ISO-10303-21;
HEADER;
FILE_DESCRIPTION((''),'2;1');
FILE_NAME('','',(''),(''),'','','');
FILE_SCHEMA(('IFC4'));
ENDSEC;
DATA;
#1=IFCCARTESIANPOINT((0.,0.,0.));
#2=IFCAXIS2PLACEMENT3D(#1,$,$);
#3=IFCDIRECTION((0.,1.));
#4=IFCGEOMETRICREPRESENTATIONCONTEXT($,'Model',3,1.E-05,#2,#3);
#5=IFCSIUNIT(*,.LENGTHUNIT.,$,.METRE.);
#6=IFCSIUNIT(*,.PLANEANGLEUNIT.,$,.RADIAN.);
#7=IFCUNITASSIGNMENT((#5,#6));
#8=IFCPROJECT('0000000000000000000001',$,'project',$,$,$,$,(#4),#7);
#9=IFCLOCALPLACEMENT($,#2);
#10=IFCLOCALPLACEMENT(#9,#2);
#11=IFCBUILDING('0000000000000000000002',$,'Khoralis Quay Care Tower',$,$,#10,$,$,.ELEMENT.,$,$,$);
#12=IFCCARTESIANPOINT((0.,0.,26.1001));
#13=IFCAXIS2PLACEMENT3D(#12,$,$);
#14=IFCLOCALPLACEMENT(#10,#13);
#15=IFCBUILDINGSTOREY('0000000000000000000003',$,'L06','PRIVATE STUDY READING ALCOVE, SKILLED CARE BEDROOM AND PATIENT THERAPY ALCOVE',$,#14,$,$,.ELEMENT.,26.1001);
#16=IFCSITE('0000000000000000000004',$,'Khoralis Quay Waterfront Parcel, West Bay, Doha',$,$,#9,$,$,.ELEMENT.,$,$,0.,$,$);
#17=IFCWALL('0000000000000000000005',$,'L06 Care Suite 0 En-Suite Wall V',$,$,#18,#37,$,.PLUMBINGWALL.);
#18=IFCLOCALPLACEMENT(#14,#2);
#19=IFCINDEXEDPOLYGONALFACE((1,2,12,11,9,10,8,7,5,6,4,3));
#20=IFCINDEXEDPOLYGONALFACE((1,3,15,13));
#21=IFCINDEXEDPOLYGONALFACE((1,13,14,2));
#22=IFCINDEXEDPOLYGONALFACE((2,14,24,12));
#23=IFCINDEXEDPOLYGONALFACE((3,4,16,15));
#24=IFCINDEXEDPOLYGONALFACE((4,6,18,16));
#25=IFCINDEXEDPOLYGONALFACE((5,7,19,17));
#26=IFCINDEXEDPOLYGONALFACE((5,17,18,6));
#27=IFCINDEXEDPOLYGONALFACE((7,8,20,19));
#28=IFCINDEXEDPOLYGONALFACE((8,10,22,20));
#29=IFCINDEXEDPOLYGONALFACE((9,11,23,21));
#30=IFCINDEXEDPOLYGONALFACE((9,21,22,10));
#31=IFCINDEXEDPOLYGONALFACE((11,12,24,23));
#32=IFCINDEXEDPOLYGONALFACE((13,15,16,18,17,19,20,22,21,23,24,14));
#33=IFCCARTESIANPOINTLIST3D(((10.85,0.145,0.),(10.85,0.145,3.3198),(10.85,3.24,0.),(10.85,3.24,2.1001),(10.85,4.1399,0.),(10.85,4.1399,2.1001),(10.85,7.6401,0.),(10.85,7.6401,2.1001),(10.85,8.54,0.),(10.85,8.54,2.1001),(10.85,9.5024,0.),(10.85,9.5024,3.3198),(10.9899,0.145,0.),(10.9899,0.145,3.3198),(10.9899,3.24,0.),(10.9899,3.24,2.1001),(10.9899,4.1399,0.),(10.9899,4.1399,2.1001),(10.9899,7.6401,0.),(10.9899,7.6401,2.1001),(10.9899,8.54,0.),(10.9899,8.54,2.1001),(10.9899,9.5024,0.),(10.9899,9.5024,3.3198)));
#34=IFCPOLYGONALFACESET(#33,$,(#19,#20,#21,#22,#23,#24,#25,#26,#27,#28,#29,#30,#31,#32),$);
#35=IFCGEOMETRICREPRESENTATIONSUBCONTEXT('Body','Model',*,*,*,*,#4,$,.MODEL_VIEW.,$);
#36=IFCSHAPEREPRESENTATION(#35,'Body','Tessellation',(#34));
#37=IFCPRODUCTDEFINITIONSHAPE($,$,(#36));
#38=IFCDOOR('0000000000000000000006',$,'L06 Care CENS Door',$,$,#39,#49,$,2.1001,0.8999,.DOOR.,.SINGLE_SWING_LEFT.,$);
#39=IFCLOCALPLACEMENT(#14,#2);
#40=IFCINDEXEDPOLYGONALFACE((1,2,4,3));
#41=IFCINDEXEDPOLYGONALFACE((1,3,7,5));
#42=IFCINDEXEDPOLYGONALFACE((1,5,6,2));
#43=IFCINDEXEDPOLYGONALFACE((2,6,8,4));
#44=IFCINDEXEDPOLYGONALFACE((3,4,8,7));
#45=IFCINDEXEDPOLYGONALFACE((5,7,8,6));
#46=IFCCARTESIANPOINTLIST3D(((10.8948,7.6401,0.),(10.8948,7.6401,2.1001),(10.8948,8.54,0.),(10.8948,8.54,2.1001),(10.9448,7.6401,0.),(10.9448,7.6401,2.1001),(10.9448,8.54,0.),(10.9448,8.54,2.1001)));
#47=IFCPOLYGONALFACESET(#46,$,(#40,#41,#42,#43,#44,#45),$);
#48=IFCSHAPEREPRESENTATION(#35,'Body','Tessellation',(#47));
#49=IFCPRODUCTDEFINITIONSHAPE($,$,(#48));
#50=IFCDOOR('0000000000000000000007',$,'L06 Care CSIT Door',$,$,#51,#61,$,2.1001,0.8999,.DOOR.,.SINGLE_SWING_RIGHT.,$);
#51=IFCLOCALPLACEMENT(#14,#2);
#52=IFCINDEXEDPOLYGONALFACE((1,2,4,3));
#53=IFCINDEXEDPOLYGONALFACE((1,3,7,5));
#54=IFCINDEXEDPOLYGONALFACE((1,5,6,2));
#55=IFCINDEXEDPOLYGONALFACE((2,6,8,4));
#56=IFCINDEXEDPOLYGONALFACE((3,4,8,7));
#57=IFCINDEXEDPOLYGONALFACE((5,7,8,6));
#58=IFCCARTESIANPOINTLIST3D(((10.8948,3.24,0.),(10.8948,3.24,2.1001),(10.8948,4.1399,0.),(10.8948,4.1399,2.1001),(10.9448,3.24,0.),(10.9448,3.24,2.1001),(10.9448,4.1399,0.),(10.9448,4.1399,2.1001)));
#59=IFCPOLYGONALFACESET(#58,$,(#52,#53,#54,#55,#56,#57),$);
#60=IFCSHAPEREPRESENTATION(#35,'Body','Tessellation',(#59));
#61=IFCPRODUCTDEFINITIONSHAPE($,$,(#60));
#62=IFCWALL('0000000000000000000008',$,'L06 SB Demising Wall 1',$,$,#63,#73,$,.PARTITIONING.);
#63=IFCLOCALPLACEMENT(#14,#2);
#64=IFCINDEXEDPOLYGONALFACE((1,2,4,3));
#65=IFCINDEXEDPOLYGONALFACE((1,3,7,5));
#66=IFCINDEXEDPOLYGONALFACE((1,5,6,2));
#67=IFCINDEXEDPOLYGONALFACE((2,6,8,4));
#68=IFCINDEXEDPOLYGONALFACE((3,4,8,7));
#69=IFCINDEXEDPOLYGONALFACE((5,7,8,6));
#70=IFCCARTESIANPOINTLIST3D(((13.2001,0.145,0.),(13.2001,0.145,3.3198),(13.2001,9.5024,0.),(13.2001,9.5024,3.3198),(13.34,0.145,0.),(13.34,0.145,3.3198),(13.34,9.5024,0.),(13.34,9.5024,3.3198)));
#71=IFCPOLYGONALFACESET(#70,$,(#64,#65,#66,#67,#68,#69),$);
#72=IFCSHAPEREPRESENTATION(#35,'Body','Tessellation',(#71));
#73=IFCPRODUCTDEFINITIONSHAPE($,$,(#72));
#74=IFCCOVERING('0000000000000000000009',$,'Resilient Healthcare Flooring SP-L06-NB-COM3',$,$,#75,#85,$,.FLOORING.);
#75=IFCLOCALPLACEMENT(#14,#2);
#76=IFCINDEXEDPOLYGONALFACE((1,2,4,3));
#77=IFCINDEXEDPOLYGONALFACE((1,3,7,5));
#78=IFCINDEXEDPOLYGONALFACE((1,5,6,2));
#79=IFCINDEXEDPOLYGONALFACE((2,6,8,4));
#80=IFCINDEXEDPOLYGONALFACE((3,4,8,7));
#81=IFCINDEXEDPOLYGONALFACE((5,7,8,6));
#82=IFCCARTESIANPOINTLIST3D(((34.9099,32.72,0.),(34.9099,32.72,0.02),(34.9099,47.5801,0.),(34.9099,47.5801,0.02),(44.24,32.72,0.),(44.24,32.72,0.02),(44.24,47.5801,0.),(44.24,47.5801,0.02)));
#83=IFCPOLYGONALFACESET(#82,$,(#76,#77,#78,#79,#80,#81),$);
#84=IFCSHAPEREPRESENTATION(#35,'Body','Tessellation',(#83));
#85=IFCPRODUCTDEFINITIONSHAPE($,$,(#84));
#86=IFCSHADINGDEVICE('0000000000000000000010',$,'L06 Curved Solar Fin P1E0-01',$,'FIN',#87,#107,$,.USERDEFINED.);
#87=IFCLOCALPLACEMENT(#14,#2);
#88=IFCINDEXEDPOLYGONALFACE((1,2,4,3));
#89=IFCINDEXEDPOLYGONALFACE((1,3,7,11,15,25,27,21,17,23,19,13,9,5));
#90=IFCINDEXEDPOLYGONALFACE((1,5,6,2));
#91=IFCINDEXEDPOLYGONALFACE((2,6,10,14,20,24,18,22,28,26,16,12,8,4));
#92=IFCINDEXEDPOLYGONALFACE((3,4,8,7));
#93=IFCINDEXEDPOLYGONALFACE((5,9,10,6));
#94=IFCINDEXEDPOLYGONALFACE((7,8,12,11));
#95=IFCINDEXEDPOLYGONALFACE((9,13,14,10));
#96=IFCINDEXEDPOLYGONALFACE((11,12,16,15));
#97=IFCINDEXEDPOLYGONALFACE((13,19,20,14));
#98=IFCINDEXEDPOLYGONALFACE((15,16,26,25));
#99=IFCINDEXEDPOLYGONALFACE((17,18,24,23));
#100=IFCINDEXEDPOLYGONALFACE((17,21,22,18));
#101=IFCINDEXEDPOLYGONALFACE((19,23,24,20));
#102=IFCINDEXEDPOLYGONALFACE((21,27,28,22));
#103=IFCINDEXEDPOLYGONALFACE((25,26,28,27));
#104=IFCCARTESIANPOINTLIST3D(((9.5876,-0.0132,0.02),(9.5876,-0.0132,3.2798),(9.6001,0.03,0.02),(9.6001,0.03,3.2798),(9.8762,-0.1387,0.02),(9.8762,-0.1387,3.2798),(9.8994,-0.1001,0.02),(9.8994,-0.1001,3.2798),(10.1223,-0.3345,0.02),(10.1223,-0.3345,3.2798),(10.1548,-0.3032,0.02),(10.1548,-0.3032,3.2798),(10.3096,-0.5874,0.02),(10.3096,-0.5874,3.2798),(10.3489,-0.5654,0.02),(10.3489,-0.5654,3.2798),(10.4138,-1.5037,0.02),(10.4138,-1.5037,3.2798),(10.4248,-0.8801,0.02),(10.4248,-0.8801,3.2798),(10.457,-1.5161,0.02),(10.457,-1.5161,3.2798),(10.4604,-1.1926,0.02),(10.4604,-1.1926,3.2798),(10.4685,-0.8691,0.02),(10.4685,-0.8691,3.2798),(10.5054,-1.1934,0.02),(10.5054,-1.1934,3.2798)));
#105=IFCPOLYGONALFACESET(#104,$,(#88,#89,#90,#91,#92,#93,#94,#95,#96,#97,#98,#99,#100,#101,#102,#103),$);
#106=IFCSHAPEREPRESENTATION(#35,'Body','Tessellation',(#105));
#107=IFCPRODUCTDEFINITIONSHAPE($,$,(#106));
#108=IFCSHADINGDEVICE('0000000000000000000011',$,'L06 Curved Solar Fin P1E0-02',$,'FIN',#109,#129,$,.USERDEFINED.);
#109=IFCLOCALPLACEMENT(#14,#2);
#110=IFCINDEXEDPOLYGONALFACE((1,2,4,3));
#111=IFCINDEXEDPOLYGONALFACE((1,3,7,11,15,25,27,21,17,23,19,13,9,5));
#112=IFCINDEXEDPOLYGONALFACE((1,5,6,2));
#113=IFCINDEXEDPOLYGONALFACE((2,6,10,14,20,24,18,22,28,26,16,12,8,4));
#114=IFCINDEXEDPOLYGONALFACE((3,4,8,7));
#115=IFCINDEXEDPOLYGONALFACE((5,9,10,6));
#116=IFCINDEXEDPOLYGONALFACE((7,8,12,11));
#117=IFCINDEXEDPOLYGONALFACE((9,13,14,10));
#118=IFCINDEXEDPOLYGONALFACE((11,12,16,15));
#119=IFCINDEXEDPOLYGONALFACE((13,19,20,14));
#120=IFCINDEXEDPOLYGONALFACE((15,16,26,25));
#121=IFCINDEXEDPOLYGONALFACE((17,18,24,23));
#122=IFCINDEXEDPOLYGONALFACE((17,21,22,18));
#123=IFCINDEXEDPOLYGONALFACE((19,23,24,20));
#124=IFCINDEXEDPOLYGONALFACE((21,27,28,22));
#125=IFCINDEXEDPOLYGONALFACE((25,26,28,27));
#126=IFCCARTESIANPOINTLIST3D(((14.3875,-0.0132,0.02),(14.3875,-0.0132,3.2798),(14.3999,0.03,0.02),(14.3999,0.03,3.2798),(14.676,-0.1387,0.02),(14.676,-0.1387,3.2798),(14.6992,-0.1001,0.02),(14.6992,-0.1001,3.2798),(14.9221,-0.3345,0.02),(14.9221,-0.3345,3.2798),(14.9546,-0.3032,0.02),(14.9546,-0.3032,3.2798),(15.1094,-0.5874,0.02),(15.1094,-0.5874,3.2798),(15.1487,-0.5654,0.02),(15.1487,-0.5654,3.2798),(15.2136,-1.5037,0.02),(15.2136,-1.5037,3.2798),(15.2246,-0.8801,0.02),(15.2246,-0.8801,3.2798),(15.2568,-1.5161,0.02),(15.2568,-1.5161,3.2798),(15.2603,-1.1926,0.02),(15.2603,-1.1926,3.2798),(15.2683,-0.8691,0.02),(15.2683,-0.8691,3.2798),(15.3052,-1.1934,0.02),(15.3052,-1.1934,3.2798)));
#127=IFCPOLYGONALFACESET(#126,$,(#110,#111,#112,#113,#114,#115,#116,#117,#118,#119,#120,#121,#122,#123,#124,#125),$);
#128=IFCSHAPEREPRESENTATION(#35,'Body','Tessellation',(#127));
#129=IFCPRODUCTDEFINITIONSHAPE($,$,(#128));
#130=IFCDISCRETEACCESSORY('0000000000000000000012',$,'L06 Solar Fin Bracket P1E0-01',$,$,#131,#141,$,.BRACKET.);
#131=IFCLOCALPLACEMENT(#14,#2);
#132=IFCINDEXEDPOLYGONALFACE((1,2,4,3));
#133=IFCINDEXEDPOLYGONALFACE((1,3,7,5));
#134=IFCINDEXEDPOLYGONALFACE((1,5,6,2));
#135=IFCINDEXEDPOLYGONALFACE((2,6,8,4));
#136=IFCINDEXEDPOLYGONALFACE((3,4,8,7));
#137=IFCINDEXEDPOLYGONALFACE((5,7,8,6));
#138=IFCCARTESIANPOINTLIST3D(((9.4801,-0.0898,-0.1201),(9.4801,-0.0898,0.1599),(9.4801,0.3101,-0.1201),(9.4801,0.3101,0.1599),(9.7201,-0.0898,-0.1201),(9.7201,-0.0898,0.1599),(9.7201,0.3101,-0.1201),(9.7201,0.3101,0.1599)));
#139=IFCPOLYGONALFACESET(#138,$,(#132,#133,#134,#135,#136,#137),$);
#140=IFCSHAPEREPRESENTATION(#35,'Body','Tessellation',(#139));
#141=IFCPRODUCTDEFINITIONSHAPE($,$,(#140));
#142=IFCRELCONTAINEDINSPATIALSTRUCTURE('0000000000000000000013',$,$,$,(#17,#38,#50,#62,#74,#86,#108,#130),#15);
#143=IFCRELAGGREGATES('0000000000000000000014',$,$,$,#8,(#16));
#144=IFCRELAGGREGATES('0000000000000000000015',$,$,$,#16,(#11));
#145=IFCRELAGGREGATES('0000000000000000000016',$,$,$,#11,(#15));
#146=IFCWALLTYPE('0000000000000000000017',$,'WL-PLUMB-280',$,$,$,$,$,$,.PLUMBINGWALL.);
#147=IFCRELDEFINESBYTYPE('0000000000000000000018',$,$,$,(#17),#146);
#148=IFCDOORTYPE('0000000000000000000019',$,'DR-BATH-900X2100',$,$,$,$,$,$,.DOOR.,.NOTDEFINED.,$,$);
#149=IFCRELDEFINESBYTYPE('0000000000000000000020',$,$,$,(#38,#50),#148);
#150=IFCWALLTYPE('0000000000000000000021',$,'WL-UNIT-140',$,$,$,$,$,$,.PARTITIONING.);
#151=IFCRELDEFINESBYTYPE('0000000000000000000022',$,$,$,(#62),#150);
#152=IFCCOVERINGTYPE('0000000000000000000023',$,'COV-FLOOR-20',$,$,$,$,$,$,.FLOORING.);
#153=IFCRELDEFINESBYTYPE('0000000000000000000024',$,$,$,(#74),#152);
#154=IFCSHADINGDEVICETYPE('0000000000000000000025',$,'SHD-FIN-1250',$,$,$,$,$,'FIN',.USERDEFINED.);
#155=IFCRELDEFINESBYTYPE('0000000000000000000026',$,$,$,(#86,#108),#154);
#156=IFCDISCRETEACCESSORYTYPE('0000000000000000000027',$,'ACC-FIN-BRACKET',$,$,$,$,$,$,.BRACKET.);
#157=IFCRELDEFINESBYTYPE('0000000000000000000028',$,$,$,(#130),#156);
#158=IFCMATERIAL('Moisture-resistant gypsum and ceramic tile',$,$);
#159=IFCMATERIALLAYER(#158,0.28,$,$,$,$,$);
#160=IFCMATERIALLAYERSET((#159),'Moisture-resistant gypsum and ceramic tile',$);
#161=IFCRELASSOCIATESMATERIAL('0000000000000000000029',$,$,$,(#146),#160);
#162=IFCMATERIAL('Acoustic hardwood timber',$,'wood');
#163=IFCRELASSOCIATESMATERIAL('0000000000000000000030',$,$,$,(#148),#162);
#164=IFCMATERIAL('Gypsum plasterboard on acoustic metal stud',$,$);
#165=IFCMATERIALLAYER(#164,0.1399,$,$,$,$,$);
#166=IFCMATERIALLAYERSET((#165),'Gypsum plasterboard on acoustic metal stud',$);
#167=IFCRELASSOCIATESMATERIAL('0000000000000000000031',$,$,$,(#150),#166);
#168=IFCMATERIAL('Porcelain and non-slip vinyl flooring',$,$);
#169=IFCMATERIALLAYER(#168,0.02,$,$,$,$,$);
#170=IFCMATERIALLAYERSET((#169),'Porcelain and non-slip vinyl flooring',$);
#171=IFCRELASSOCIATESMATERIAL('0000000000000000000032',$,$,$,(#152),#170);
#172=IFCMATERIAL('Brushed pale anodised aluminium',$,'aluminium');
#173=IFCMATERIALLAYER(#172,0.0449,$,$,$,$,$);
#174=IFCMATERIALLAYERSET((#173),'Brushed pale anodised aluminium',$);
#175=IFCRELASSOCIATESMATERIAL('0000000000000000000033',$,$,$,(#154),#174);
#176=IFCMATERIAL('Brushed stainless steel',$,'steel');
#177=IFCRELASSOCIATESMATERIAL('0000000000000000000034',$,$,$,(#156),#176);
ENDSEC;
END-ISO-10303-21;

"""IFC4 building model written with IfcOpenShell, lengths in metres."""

from ifc_helpers import new_model, si_unit, direction, frame, frame_2d, origin, origin_2d, place, context, subcontext, project, spatial, polyline, rectangle, outline, extrude, source, transform, mapped, material, layer, layer_set, type_object, element, fill, save


model = new_model("IFC4")

# Units and contexts
model_context = context("Model", 3, precision=1e-05, world=origin(), true_north=direction((0.0, 1.0)))
body_context = subcontext(model_context, "Body", "Model", "MODEL_VIEW")
ifc_project = project(units=[si_unit("LENGTHUNIT", "METRE"), si_unit("PLANEANGLEUNIT", "RADIAN")], contexts=[model_context])

# Site, building, storey
site_placement = place(None, origin())
site = spatial("IfcSite", under=ifc_project, at=site_placement, Name="Khoralis Quay Waterfront Parcel, West Bay, Doha", CompositionType="ELEMENT", RefElevation=0.0)
building_placement = place(site_placement, origin())
building = spatial("IfcBuilding", under=site, at=building_placement, Name="Khoralis Quay Care Tower", CompositionType="ELEMENT")
storey_placement = place(building_placement, frame((0.0, 0.0, 26.1001)))
storey = spatial("IfcBuildingStorey", under=building, at=storey_placement, Name="L06", Description="PRIVATE STUDY READING ALCOVE, SKILLED CARE BEDROOM AND PATIENT THERAPY ALCOVE", CompositionType="ELEMENT", Elevation=26.1001)

# Wall, openings, doors
ifc_material_1 = material(Name="Moisture-resistant gypsum and ceramic tile")
ifc_layer_1 = layer(ifc_material_1, 0.28)
ifc_layer_set_1 = layer_set([ifc_layer_1], Name="Moisture-resistant gypsum and ceramic tile")
wall_type_1 = type_object("IfcWallType", Name="WL-PLUMB-280", PredefinedType="PLUMBINGWALL", material=ifc_layer_set_1)
wall_1_placement = place(storey_placement, frame((10.9199, 0.145, 0.0), z_axis=(0.0, 0.0, 1.0), x_axis=(0.0, 1.0, 0.0)))
wall_1 = element("IfcWall", 1, at=wall_1_placement, inside=storey, type_object=wall_type_1, Name="L06 Care Suite 0 En-Suite Wall V", PredefinedType="PLUMBINGWALL", context=body_context, shape_type="SweptSolid", body=[
    extrude(rectangle(XDim=9.3574, YDim=0.1399, at=frame_2d((4.6787, 0.0))), origin(), (0.0, 0.0, 1.0), 3.3198),
])
opening_1_placement = place(wall_1_placement, frame((7.4951, 0.0, 0.0)))
opening_1 = element("IfcOpeningElement", 2, at=opening_1_placement, cuts=wall_1, PredefinedType="OPENING", context=body_context, shape_type="SweptSolid", body=[
    extrude(rectangle(XDim=0.8999, YDim=2.1001, at=frame_2d((0.45, 1.05))), frame((0.0, 0.0801, 0.0), z_axis=(0.0, -1.0, 0.0), x_axis=(1.0, 0.0, 0.0)), (0.0, 0.0, 1.0), 0.1599),
])
opening_2_placement = place(wall_1_placement, frame((3.095, 0.0, 0.0)))
opening_2 = element("IfcOpeningElement", 3, at=opening_2_placement, cuts=wall_1, PredefinedType="OPENING", context=body_context, shape_type="SweptSolid", body=[
    extrude(rectangle(XDim=0.8999, YDim=2.1001, at=frame_2d((0.45, 1.05))), frame((0.0, 0.0801, 0.0), z_axis=(0.0, -1.0, 0.0), x_axis=(1.0, 0.0, 0.0)), (0.0, 0.0, 1.0), 0.1599),
])
ifc_material_2 = material(Name="Acoustic hardwood timber", Category="wood")
door_type = type_object("IfcDoorType", Name="DR-BATH-900X2100", OperationType="NOTDEFINED", PredefinedType="DOOR", material=ifc_material_2)
shared_shape_1 = source(origin(), body_context, "Body", "SweptSolid", [
    extrude(rectangle(XDim=0.8999, YDim=2.1001, at=frame_2d((0.45, 1.05))), frame((0.0, 0.0249, 0.0), z_axis=(0.0, -1.0, 0.0), x_axis=(1.0, 0.0, 0.0)), (0.0, 0.0, 1.0), 0.05),
])
door_1_placement = place(opening_1_placement, frame((0.8999, 0.0, 0.0), z_axis=(0.0, 0.0, 1.0), x_axis=(-1.0, 0.0, 0.0)))
door_1 = element("IfcDoor", 4, at=door_1_placement, inside=storey, type_object=door_type, Name="L06 Care CENS Door", OperationType="SINGLE_SWING_LEFT", OverallHeight=2.1001, OverallWidth=0.8999, PredefinedType="DOOR", context=body_context, shape_type="MappedRepresentation", body=[
    mapped(shared_shape_1, transform((0.0, 0.0, 0.0), scale=1.0)),
])
fill(opening_1, door_1)
door_2_placement = place(opening_2_placement, frame((0.8999, 0.0, 0.0), z_axis=(0.0, 0.0, 1.0), x_axis=(-1.0, 0.0, 0.0)))
door_2 = element("IfcDoor", 5, at=door_2_placement, inside=storey, type_object=door_type, Name="L06 Care CSIT Door", OperationType="SINGLE_SWING_RIGHT", OverallHeight=2.1001, OverallWidth=0.8999, PredefinedType="DOOR", context=body_context, shape_type="MappedRepresentation", body=[
    mapped(shared_shape_1, transform((0.0, 0.0, 0.0), scale=1.0)),
])
fill(opening_2, door_2)

# Wall
ifc_material_3 = material(Name="Gypsum plasterboard on acoustic metal stud")
ifc_layer_2 = layer(ifc_material_3, 0.1399)
ifc_layer_set_2 = layer_set([ifc_layer_2], Name="Gypsum plasterboard on acoustic metal stud")
wall_type_2 = type_object("IfcWallType", Name="WL-UNIT-140", PredefinedType="PARTITIONING", material=ifc_layer_set_2)
wall_2_placement = place(storey_placement, frame((13.27, 0.145, 0.0), z_axis=(0.0, 0.0, 1.0), x_axis=(0.0, 1.0, 0.0)))
element("IfcWall", 6, at=wall_2_placement, inside=storey, type_object=wall_type_2, Name="L06 SB Demising Wall 1", PredefinedType="PARTITIONING", context=body_context, shape_type="SweptSolid", body=[
    extrude(rectangle(XDim=9.3574, YDim=0.1399, at=frame_2d((4.6787, 0.0))), origin(), (0.0, 0.0, 1.0), 3.3198),
])

# Covering
ifc_material_4 = material(Name="Porcelain and non-slip vinyl flooring")
ifc_layer_3 = layer(ifc_material_4, 0.02)
ifc_layer_set_3 = layer_set([ifc_layer_3], Name="Porcelain and non-slip vinyl flooring")
covering_type = type_object("IfcCoveringType", Name="COV-FLOOR-20", PredefinedType="FLOORING", material=ifc_layer_set_3)
covering_placement = place(storey_placement, origin())
element("IfcCovering", 7, at=covering_placement, inside=storey, type_object=covering_type, Name="Resilient Healthcare Flooring SP-L06-NB-COM3", PredefinedType="FLOORING", context=body_context, shape_type="SweptSolid", body=[
    extrude(outline(polyline([(34.9099, 32.72), (44.24, 32.72), (44.24, 47.5801), (34.9099, 47.5801), (34.9099, 32.72)])), origin(), (0.0, 0.0, 1.0), 0.02),
])

# Shading devices
ifc_material_5 = material(Name="Brushed pale anodised aluminium", Category="aluminium")
ifc_layer_4 = layer(ifc_material_5, 0.0449)
ifc_layer_set_4 = layer_set([ifc_layer_4], Name="Brushed pale anodised aluminium")
shading_device_type = type_object("IfcShadingDeviceType", Name="SHD-FIN-1250", ElementType="FIN", PredefinedType="USERDEFINED", material=ifc_layer_set_4)
shared_shape_2 = source(origin(), body_context, "Body", "SweptSolid", [
    extrude(outline(polyline([(0.0, 0.0), (0.1301, 0.2993), (0.3333, 0.5547), (0.5955, 0.7488), (0.8992, 0.8684), (1.2234, 0.9053), (1.5461, 0.8569), (1.5337, 0.8137), (1.2227, 0.8604), (0.9102, 0.8247), (0.6174, 0.7095), (0.3645, 0.5222), (0.1687, 0.2761), (0.0432, -0.0125), (0.0, 0.0)])), origin(), (0.0, 0.0, 1.0), 3.2598),
])
for number, where, z_axis, x_axis, name in (
    (8, (9.6001, 0.03, 0.02), (0.0, 0.0, 1.0), (0.0, -1.0, 0.0), "L06 Curved Solar Fin P1E0-01"),
    (9, (14.3999, 0.03, 0.02), (0.0, 0.0, 1.0), (0.0, -1.0, 0.0), "L06 Curved Solar Fin P1E0-02"),
):
    element("IfcShadingDevice", number, at=place(storey_placement, frame(where, z_axis=z_axis, x_axis=x_axis)), inside=storey, type_object=shading_device_type, Name=name, ObjectType="FIN", PredefinedType="USERDEFINED", context=body_context, shape_type="MappedRepresentation", body=[
        mapped(shared_shape_2, transform((0.0, 0.0, 0.0), scale=1.0)),
    ])

# Discrete accessory
ifc_material_6 = material(Name="Brushed stainless steel", Category="steel")
discrete_accessory_type = type_object("IfcDiscreteAccessoryType", Name="ACC-FIN-BRACKET", PredefinedType="BRACKET", material=ifc_material_6)
shared_shape_3 = source(origin(), body_context, "Body", "SweptSolid", [
    extrude(rectangle(XDim=0.3999, YDim=0.24, at=origin_2d()), origin(), (0.0, 0.0, 1.0), 0.28),
])
discrete_accessory_placement = place(storey_placement, frame((9.6001, 0.1101, -0.1201), z_axis=(0.0, 0.0, 1.0), x_axis=(0.0, -1.0, 0.0)))
element("IfcDiscreteAccessory", 10, at=discrete_accessory_placement, inside=storey, type_object=discrete_accessory_type, Name="L06 Solar Fin Bracket P1E0-01", PredefinedType="BRACKET", context=body_context, shape_type="MappedRepresentation", body=[
    mapped(shared_shape_3, transform((0.0, 0.0, 0.0), scale=1.0)),
])

save(model, "model.ifc")
